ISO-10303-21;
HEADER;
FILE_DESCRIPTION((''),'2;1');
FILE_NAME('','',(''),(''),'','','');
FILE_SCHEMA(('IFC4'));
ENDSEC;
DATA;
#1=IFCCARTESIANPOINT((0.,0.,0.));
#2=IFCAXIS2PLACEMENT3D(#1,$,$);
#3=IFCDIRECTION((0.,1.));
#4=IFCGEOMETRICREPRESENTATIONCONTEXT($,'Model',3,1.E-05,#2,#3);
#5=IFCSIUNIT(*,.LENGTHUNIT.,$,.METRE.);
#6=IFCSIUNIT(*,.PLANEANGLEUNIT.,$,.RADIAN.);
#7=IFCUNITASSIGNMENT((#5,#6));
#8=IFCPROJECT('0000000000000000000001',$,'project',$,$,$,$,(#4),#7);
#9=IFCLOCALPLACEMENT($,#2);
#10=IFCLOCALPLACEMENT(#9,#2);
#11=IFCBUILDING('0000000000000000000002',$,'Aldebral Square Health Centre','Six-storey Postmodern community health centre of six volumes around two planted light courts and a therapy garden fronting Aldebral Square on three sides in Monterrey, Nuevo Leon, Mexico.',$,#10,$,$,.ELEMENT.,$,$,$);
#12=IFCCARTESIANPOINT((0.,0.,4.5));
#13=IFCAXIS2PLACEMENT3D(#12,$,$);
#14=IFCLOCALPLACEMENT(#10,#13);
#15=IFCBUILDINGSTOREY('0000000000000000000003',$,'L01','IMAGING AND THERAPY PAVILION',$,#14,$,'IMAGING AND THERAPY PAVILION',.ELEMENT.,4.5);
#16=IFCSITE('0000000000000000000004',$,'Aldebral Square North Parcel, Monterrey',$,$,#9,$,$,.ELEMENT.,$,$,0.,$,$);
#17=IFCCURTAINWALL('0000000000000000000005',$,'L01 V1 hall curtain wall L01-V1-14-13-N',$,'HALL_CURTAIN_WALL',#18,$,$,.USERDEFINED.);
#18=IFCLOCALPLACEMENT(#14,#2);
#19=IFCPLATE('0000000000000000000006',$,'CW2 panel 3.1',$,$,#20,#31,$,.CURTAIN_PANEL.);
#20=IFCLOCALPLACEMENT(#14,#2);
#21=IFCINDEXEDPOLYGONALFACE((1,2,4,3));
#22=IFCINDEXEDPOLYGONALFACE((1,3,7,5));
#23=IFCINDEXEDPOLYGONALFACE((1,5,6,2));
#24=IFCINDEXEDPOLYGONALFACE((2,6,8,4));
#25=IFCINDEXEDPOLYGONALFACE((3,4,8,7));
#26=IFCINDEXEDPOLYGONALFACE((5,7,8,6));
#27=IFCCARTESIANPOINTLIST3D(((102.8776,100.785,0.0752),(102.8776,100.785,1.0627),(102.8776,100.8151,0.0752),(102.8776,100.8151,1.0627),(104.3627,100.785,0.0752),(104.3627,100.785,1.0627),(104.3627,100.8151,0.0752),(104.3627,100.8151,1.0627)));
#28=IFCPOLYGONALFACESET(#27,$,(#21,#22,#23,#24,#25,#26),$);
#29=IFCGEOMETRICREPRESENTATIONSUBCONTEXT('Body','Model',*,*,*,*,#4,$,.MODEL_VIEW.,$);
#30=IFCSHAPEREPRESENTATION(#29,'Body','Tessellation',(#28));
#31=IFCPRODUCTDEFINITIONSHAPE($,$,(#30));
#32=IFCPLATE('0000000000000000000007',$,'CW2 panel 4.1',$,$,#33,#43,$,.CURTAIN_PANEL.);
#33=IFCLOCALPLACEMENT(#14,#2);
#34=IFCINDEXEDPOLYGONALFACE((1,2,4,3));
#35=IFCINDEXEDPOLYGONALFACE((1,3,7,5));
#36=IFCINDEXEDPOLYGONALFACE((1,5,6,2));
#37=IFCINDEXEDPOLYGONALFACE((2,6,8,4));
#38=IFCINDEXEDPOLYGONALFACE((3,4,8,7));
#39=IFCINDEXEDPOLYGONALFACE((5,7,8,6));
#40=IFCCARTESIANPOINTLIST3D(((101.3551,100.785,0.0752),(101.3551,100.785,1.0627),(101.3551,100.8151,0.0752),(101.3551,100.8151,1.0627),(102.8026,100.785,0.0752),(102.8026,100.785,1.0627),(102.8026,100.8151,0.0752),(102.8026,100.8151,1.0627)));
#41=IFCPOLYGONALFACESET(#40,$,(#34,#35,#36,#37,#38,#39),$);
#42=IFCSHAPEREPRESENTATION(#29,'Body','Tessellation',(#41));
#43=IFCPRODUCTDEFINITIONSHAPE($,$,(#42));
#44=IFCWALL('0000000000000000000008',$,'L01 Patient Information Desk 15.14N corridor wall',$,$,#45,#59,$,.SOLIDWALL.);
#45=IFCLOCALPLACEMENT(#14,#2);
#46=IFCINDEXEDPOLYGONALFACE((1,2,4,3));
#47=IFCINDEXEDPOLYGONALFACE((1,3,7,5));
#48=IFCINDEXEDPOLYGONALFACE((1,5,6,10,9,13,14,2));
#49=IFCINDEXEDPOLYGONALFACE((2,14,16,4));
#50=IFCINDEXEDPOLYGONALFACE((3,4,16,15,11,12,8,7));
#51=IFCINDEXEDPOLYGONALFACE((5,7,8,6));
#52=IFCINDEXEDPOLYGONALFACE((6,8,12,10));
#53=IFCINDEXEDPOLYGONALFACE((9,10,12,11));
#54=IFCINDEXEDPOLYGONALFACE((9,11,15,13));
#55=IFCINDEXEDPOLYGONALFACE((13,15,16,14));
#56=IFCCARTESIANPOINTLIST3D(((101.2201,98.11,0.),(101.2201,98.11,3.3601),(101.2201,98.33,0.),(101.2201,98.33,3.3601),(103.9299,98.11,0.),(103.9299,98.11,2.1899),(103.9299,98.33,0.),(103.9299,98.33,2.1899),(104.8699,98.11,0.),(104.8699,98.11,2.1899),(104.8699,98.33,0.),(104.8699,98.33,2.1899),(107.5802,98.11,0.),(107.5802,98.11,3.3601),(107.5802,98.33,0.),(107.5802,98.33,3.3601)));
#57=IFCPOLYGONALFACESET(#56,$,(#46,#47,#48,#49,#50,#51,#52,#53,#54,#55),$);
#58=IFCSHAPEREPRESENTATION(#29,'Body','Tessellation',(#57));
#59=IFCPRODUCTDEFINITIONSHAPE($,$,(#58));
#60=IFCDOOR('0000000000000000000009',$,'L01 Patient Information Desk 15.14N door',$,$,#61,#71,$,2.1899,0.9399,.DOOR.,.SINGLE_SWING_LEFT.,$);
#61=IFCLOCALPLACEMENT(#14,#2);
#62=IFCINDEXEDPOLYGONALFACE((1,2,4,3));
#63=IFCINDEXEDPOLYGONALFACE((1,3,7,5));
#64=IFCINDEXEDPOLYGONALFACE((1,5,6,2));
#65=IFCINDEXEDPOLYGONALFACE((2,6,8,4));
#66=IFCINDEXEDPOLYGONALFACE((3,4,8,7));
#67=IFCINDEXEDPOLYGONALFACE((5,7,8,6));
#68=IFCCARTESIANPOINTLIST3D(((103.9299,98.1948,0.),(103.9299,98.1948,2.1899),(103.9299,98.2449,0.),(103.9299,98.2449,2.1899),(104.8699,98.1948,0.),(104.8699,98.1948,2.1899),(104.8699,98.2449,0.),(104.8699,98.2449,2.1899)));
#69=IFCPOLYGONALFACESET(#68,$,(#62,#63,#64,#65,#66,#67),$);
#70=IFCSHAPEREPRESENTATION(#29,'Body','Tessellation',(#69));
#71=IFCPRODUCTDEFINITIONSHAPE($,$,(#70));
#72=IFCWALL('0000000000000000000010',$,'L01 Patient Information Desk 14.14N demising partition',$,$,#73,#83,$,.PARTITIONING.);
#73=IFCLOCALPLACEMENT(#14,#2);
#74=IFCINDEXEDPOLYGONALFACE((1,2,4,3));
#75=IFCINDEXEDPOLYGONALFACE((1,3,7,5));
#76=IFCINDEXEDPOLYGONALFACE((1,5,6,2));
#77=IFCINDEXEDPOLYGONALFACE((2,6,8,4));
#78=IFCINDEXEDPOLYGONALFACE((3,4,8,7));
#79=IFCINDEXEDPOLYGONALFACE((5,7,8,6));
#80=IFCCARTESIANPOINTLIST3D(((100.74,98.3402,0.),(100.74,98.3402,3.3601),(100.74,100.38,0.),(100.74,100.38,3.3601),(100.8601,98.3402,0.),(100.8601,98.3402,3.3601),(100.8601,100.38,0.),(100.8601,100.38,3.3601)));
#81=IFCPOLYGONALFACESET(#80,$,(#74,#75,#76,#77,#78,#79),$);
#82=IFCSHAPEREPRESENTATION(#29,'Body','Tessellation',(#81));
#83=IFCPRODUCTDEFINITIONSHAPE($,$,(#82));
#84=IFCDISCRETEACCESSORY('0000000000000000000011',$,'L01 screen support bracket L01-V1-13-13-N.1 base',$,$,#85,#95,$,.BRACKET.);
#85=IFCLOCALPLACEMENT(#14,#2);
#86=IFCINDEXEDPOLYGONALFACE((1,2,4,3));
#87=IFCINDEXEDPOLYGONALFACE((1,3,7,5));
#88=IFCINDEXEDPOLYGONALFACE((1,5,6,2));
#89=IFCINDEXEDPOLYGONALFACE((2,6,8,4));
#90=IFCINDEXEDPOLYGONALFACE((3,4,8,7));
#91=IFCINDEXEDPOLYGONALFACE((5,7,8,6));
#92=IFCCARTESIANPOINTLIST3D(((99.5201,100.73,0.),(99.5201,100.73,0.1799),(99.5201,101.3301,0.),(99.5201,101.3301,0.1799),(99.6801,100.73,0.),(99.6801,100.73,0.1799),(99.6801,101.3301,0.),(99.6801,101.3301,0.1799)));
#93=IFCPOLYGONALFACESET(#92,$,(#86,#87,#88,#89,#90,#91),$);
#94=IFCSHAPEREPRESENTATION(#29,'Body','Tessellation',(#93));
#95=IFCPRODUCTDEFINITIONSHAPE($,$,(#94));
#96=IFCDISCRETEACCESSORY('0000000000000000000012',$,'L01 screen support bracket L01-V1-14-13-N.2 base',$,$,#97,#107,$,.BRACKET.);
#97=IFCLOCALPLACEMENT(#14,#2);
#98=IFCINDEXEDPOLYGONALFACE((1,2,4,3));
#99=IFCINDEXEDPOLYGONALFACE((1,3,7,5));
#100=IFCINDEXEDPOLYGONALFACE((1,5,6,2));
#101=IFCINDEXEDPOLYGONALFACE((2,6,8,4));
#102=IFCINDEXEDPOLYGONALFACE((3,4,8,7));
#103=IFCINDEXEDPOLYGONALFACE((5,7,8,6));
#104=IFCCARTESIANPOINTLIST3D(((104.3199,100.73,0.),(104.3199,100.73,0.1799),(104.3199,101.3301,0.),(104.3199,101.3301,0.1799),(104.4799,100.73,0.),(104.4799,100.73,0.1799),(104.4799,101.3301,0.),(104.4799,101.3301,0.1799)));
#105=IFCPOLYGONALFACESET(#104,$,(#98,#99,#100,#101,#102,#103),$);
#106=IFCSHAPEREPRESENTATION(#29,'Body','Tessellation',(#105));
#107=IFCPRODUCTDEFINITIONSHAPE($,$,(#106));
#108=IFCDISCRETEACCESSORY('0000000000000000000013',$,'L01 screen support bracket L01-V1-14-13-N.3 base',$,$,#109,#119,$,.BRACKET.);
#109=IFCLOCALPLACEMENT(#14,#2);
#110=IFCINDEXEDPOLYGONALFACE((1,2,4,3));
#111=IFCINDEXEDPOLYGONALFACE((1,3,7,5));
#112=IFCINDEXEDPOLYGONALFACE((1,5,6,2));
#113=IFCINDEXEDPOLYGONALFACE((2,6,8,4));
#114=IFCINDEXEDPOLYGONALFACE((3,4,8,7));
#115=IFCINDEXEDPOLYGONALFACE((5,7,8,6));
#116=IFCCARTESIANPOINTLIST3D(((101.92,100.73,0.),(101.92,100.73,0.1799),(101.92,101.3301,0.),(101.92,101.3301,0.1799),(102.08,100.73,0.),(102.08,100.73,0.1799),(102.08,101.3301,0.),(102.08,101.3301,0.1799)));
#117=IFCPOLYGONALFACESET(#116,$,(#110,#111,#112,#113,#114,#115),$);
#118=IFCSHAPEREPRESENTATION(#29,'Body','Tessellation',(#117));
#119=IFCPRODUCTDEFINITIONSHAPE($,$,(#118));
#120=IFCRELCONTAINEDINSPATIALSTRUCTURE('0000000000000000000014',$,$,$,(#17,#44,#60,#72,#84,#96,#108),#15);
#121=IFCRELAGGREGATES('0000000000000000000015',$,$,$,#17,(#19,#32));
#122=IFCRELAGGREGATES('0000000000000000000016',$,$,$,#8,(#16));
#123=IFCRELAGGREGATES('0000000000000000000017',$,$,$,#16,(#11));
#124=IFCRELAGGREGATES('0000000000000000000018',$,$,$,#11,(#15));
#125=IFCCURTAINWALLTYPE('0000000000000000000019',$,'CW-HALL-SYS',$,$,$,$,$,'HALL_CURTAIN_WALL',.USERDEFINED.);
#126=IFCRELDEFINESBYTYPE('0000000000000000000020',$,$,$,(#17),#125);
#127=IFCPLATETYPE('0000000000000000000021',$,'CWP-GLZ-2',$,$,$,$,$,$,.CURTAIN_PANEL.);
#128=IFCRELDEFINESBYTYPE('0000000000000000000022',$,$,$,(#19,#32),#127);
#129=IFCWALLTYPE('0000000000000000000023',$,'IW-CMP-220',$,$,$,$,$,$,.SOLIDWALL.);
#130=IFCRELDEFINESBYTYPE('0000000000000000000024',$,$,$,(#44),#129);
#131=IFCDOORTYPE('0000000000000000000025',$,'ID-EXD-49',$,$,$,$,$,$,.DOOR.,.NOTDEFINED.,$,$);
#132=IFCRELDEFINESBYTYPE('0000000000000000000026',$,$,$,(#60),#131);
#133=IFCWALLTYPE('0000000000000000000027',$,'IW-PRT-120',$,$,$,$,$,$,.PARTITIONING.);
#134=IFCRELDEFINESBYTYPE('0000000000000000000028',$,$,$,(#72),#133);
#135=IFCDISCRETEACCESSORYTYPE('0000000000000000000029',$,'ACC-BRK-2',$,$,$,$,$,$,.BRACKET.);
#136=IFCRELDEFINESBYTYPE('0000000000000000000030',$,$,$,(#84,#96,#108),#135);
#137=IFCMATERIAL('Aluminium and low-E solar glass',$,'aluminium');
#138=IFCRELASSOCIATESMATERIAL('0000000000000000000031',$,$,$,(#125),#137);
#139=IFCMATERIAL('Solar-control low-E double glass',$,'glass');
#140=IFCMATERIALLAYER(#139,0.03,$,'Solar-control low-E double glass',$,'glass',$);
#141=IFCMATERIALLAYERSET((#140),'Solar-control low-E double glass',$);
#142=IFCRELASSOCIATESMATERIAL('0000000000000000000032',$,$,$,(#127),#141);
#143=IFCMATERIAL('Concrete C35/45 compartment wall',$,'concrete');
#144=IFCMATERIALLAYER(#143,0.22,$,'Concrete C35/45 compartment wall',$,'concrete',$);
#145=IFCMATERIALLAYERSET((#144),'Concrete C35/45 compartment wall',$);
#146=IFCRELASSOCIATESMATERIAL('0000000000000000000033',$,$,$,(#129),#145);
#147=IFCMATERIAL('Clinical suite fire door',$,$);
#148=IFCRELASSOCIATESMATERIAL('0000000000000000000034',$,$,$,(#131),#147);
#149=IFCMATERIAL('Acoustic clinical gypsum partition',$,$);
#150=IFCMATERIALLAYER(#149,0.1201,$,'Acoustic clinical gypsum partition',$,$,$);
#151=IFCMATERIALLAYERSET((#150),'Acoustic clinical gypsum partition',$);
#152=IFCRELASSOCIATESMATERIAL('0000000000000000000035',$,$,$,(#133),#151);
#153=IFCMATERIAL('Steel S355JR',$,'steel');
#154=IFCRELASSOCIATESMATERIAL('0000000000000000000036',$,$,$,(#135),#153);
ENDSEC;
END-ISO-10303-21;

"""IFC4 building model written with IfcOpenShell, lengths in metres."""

from ifc_helpers import new_model, si_unit, direction, frame, frame_2d, origin, origin_2d, place, context, subcontext, project, spatial, rectangle, extrude, material, layer, layer_set, type_object, element, fill, aggregate, save


model = new_model("IFC4")

# Units and contexts
model_context = context("Model", 3, precision=1e-05, world=origin(), true_north=direction((0.0, 1.0)))
body_context = subcontext(model_context, "Body", "Model", "MODEL_VIEW")
ifc_project = project(units=[si_unit("LENGTHUNIT", "METRE"), si_unit("PLANEANGLEUNIT", "RADIAN")], contexts=[model_context])

# Site, building, storey
site_placement = place(None, origin())
site = spatial("IfcSite", under=ifc_project, at=site_placement, Name="Aldebral Square North Parcel, Monterrey", CompositionType="ELEMENT", RefElevation=0.0)
building_placement = place(site_placement, origin())
building = spatial("IfcBuilding", under=site, at=building_placement, Name="Aldebral Square Health Centre", Description="Six-storey Postmodern community health centre of six volumes around two planted light courts and a therapy garden fronting Aldebral Square on three sides in Monterrey, Nuevo Leon, Mexico.", CompositionType="ELEMENT")
storey_placement = place(building_placement, frame((0.0, 0.0, 4.5)))
storey = spatial("IfcBuildingStorey", under=building, at=storey_placement, Name="L01", Description="IMAGING AND THERAPY PAVILION", LongName="IMAGING AND THERAPY PAVILION", CompositionType="ELEMENT", Elevation=4.5)

# Shared definitions
ifc_material_1 = material(Name="Aluminium and low-E solar glass", Category="aluminium")
curtain_wall_type = type_object("IfcCurtainWallType", Name="CW-HALL-SYS", ElementType="HALL_CURTAIN_WALL", PredefinedType="USERDEFINED", material=ifc_material_1)

# Curtain wall
curtain_wall_1_placement = place(storey_placement, origin())
curtain_wall_1 = element("IfcCurtainWall", 1, at=curtain_wall_1_placement, inside=storey, type_object=curtain_wall_type, Name="L01 V1 hall curtain wall L01-V1-14-13-N", ObjectType="HALL_CURTAIN_WALL", PredefinedType="USERDEFINED")

# Plates
ifc_material_2 = material(Name="Solar-control low-E double glass", Category="glass")
ifc_layer_1 = layer(ifc_material_2, 0.03, Name="Solar-control low-E double glass", Category="glass")
ifc_layer_set_1 = layer_set([ifc_layer_1], Name="Solar-control low-E double glass")
plate_type = type_object("IfcPlateType", Name="CWP-GLZ-2", PredefinedType="CURTAIN_PANEL", material=ifc_layer_set_1)
plate_1_placement = place(storey_placement, frame((103.6201, 100.8, 0.0752), z_axis=(0.0, 0.0, 1.0), x_axis=(-1.0, 0.0, 0.0)))
plate_1 = element("IfcPlate", 2, at=plate_1_placement, type_object=plate_type, Name="CW2 panel 3.1", PredefinedType="CURTAIN_PANEL", context=body_context, shape_type="SweptSolid", body=[
    extrude(rectangle(XDim=1.4851, YDim=0.03, at=origin_2d()), origin(), (0.0, 0.0, 1.0), 0.9875),
])
plate_2_placement = place(storey_placement, frame((102.0789, 100.8, 0.0752), z_axis=(0.0, 0.0, 1.0), x_axis=(-1.0, 0.0, 0.0)))
plate_2 = element("IfcPlate", 3, at=plate_2_placement, type_object=plate_type, Name="CW2 panel 4.1", PredefinedType="CURTAIN_PANEL", context=body_context, shape_type="SweptSolid", body=[
    extrude(rectangle(XDim=1.4475, YDim=0.03, at=origin_2d()), origin(), (0.0, 0.0, 1.0), 0.9875),
])
aggregate(curtain_wall_1, [plate_1, plate_2])

# Wall, opening, door
ifc_material_3 = material(Name="Concrete C35/45 compartment wall", Category="concrete")
ifc_layer_2 = layer(ifc_material_3, 0.22, Name="Concrete C35/45 compartment wall", Category="concrete")
ifc_layer_set_2 = layer_set([ifc_layer_2], Name="Concrete C35/45 compartment wall")
wall_type_1 = type_object("IfcWallType", Name="IW-CMP-220", PredefinedType="SOLIDWALL", material=ifc_layer_set_2)
wall_1_placement = place(storey_placement, frame((101.22, 98.22, 0.0), z_axis=(0.0, 0.0, 1.0), x_axis=(1.0, 0.0, 0.0)))
wall_1 = element("IfcWall", 4, at=wall_1_placement, inside=storey, type_object=wall_type_1, Name="L01 Patient Information Desk 15.14N corridor wall", PredefinedType="SOLIDWALL", context=body_context, shape_type="SweptSolid", body=[
    extrude(rectangle(XDim=6.3601, YDim=0.22, at=frame_2d((3.1802, 0.0))), origin(), (0.0, 0.0, 1.0), 3.3601),
])
opening_placement = place(wall_1_placement, frame((2.71, 0.0, 0.0)))
opening = element("IfcOpeningElement", 5, at=opening_placement, cuts=wall_1, PredefinedType="OPENING", context=body_context, shape_type="SweptSolid", body=[
    extrude(rectangle(XDim=0.9399, YDim=2.1899, at=frame_2d((0.47, 1.095))), frame((0.0, 0.1201, 0.0), z_axis=(0.0, -1.0, 0.0), x_axis=(1.0, 0.0, 0.0)), (0.0, 0.0, 1.0), 0.24),
])
ifc_material_4 = material(Name="Clinical suite fire door")
door_type = type_object("IfcDoorType", Name="ID-EXD-49", OperationType="NOTDEFINED", PredefinedType="DOOR", material=ifc_material_4)
door_placement = place(opening_placement, origin())
door = element("IfcDoor", 6, at=door_placement, inside=storey, type_object=door_type, Name="L01 Patient Information Desk 15.14N door", OperationType="SINGLE_SWING_LEFT", OverallHeight=2.1899, OverallWidth=0.9399, PredefinedType="DOOR", context=body_context, shape_type="SweptSolid", body=[
    extrude(rectangle(XDim=0.9399, YDim=2.1899, at=frame_2d((0.47, 1.095))), frame((0.0, 0.0249, 0.0), z_axis=(0.0, -1.0, 0.0), x_axis=(1.0, 0.0, 0.0)), (0.0, 0.0, 1.0), 0.05),
])
fill(opening, door)

# Wall
ifc_material_5 = material(Name="Acoustic clinical gypsum partition")
ifc_layer_3 = layer(ifc_material_5, 0.1201, Name="Acoustic clinical gypsum partition")
ifc_layer_set_3 = layer_set([ifc_layer_3], Name="Acoustic clinical gypsum partition")
wall_type_2 = type_object("IfcWallType", Name="IW-PRT-120", PredefinedType="PARTITIONING", material=ifc_layer_set_3)
wall_2_placement = place(storey_placement, frame((100.8, 98.3401, 0.0), z_axis=(0.0, 0.0, 1.0), x_axis=(0.0, 1.0, 0.0)))
element("IfcWall", 7, at=wall_2_placement, inside=storey, type_object=wall_type_2, Name="L01 Patient Information Desk 14.14N demising partition", PredefinedType="PARTITIONING", context=body_context, shape_type="SweptSolid", body=[
    extrude(rectangle(XDim=2.0398, YDim=0.1201, at=frame_2d((1.02, 0.0))), origin(), (0.0, 0.0, 1.0), 3.3601),
])

# Discrete accessories
ifc_material_6 = material(Name="Steel S355JR", Category="steel")
discrete_accessory_type = type_object("IfcDiscreteAccessoryType", Name="ACC-BRK-2", PredefinedType="BRACKET", material=ifc_material_6)
for number, where, z_axis, x_axis, name in (
    (8, (99.6001, 101.03, 0.0), (0.0, 0.0, 1.0), (1.0, 0.0, 0.0), "L01 screen support bracket L01-V1-13-13-N.1 base"),
    (9, (104.3999, 101.03, 0.0), (0.0, 0.0, 1.0), (1.0, 0.0, 0.0), "L01 screen support bracket L01-V1-14-13-N.2 base"),
    (10, (102.0, 101.03, 0.0), (0.0, 0.0, 1.0), (1.0, 0.0, 0.0), "L01 screen support bracket L01-V1-14-13-N.3 base"),
):
    element("IfcDiscreteAccessory", number, at=place(storey_placement, frame(where, z_axis=z_axis, x_axis=x_axis)), inside=storey, type_object=discrete_accessory_type, Name=name, PredefinedType="BRACKET", context=body_context, shape_type="SweptSolid", body=[
        extrude(rectangle(XDim=0.1599, YDim=0.6001, at=origin_2d()), origin(), (0.0, 0.0, 1.0), 0.1799),
    ])

save(model, "model.ifc")
